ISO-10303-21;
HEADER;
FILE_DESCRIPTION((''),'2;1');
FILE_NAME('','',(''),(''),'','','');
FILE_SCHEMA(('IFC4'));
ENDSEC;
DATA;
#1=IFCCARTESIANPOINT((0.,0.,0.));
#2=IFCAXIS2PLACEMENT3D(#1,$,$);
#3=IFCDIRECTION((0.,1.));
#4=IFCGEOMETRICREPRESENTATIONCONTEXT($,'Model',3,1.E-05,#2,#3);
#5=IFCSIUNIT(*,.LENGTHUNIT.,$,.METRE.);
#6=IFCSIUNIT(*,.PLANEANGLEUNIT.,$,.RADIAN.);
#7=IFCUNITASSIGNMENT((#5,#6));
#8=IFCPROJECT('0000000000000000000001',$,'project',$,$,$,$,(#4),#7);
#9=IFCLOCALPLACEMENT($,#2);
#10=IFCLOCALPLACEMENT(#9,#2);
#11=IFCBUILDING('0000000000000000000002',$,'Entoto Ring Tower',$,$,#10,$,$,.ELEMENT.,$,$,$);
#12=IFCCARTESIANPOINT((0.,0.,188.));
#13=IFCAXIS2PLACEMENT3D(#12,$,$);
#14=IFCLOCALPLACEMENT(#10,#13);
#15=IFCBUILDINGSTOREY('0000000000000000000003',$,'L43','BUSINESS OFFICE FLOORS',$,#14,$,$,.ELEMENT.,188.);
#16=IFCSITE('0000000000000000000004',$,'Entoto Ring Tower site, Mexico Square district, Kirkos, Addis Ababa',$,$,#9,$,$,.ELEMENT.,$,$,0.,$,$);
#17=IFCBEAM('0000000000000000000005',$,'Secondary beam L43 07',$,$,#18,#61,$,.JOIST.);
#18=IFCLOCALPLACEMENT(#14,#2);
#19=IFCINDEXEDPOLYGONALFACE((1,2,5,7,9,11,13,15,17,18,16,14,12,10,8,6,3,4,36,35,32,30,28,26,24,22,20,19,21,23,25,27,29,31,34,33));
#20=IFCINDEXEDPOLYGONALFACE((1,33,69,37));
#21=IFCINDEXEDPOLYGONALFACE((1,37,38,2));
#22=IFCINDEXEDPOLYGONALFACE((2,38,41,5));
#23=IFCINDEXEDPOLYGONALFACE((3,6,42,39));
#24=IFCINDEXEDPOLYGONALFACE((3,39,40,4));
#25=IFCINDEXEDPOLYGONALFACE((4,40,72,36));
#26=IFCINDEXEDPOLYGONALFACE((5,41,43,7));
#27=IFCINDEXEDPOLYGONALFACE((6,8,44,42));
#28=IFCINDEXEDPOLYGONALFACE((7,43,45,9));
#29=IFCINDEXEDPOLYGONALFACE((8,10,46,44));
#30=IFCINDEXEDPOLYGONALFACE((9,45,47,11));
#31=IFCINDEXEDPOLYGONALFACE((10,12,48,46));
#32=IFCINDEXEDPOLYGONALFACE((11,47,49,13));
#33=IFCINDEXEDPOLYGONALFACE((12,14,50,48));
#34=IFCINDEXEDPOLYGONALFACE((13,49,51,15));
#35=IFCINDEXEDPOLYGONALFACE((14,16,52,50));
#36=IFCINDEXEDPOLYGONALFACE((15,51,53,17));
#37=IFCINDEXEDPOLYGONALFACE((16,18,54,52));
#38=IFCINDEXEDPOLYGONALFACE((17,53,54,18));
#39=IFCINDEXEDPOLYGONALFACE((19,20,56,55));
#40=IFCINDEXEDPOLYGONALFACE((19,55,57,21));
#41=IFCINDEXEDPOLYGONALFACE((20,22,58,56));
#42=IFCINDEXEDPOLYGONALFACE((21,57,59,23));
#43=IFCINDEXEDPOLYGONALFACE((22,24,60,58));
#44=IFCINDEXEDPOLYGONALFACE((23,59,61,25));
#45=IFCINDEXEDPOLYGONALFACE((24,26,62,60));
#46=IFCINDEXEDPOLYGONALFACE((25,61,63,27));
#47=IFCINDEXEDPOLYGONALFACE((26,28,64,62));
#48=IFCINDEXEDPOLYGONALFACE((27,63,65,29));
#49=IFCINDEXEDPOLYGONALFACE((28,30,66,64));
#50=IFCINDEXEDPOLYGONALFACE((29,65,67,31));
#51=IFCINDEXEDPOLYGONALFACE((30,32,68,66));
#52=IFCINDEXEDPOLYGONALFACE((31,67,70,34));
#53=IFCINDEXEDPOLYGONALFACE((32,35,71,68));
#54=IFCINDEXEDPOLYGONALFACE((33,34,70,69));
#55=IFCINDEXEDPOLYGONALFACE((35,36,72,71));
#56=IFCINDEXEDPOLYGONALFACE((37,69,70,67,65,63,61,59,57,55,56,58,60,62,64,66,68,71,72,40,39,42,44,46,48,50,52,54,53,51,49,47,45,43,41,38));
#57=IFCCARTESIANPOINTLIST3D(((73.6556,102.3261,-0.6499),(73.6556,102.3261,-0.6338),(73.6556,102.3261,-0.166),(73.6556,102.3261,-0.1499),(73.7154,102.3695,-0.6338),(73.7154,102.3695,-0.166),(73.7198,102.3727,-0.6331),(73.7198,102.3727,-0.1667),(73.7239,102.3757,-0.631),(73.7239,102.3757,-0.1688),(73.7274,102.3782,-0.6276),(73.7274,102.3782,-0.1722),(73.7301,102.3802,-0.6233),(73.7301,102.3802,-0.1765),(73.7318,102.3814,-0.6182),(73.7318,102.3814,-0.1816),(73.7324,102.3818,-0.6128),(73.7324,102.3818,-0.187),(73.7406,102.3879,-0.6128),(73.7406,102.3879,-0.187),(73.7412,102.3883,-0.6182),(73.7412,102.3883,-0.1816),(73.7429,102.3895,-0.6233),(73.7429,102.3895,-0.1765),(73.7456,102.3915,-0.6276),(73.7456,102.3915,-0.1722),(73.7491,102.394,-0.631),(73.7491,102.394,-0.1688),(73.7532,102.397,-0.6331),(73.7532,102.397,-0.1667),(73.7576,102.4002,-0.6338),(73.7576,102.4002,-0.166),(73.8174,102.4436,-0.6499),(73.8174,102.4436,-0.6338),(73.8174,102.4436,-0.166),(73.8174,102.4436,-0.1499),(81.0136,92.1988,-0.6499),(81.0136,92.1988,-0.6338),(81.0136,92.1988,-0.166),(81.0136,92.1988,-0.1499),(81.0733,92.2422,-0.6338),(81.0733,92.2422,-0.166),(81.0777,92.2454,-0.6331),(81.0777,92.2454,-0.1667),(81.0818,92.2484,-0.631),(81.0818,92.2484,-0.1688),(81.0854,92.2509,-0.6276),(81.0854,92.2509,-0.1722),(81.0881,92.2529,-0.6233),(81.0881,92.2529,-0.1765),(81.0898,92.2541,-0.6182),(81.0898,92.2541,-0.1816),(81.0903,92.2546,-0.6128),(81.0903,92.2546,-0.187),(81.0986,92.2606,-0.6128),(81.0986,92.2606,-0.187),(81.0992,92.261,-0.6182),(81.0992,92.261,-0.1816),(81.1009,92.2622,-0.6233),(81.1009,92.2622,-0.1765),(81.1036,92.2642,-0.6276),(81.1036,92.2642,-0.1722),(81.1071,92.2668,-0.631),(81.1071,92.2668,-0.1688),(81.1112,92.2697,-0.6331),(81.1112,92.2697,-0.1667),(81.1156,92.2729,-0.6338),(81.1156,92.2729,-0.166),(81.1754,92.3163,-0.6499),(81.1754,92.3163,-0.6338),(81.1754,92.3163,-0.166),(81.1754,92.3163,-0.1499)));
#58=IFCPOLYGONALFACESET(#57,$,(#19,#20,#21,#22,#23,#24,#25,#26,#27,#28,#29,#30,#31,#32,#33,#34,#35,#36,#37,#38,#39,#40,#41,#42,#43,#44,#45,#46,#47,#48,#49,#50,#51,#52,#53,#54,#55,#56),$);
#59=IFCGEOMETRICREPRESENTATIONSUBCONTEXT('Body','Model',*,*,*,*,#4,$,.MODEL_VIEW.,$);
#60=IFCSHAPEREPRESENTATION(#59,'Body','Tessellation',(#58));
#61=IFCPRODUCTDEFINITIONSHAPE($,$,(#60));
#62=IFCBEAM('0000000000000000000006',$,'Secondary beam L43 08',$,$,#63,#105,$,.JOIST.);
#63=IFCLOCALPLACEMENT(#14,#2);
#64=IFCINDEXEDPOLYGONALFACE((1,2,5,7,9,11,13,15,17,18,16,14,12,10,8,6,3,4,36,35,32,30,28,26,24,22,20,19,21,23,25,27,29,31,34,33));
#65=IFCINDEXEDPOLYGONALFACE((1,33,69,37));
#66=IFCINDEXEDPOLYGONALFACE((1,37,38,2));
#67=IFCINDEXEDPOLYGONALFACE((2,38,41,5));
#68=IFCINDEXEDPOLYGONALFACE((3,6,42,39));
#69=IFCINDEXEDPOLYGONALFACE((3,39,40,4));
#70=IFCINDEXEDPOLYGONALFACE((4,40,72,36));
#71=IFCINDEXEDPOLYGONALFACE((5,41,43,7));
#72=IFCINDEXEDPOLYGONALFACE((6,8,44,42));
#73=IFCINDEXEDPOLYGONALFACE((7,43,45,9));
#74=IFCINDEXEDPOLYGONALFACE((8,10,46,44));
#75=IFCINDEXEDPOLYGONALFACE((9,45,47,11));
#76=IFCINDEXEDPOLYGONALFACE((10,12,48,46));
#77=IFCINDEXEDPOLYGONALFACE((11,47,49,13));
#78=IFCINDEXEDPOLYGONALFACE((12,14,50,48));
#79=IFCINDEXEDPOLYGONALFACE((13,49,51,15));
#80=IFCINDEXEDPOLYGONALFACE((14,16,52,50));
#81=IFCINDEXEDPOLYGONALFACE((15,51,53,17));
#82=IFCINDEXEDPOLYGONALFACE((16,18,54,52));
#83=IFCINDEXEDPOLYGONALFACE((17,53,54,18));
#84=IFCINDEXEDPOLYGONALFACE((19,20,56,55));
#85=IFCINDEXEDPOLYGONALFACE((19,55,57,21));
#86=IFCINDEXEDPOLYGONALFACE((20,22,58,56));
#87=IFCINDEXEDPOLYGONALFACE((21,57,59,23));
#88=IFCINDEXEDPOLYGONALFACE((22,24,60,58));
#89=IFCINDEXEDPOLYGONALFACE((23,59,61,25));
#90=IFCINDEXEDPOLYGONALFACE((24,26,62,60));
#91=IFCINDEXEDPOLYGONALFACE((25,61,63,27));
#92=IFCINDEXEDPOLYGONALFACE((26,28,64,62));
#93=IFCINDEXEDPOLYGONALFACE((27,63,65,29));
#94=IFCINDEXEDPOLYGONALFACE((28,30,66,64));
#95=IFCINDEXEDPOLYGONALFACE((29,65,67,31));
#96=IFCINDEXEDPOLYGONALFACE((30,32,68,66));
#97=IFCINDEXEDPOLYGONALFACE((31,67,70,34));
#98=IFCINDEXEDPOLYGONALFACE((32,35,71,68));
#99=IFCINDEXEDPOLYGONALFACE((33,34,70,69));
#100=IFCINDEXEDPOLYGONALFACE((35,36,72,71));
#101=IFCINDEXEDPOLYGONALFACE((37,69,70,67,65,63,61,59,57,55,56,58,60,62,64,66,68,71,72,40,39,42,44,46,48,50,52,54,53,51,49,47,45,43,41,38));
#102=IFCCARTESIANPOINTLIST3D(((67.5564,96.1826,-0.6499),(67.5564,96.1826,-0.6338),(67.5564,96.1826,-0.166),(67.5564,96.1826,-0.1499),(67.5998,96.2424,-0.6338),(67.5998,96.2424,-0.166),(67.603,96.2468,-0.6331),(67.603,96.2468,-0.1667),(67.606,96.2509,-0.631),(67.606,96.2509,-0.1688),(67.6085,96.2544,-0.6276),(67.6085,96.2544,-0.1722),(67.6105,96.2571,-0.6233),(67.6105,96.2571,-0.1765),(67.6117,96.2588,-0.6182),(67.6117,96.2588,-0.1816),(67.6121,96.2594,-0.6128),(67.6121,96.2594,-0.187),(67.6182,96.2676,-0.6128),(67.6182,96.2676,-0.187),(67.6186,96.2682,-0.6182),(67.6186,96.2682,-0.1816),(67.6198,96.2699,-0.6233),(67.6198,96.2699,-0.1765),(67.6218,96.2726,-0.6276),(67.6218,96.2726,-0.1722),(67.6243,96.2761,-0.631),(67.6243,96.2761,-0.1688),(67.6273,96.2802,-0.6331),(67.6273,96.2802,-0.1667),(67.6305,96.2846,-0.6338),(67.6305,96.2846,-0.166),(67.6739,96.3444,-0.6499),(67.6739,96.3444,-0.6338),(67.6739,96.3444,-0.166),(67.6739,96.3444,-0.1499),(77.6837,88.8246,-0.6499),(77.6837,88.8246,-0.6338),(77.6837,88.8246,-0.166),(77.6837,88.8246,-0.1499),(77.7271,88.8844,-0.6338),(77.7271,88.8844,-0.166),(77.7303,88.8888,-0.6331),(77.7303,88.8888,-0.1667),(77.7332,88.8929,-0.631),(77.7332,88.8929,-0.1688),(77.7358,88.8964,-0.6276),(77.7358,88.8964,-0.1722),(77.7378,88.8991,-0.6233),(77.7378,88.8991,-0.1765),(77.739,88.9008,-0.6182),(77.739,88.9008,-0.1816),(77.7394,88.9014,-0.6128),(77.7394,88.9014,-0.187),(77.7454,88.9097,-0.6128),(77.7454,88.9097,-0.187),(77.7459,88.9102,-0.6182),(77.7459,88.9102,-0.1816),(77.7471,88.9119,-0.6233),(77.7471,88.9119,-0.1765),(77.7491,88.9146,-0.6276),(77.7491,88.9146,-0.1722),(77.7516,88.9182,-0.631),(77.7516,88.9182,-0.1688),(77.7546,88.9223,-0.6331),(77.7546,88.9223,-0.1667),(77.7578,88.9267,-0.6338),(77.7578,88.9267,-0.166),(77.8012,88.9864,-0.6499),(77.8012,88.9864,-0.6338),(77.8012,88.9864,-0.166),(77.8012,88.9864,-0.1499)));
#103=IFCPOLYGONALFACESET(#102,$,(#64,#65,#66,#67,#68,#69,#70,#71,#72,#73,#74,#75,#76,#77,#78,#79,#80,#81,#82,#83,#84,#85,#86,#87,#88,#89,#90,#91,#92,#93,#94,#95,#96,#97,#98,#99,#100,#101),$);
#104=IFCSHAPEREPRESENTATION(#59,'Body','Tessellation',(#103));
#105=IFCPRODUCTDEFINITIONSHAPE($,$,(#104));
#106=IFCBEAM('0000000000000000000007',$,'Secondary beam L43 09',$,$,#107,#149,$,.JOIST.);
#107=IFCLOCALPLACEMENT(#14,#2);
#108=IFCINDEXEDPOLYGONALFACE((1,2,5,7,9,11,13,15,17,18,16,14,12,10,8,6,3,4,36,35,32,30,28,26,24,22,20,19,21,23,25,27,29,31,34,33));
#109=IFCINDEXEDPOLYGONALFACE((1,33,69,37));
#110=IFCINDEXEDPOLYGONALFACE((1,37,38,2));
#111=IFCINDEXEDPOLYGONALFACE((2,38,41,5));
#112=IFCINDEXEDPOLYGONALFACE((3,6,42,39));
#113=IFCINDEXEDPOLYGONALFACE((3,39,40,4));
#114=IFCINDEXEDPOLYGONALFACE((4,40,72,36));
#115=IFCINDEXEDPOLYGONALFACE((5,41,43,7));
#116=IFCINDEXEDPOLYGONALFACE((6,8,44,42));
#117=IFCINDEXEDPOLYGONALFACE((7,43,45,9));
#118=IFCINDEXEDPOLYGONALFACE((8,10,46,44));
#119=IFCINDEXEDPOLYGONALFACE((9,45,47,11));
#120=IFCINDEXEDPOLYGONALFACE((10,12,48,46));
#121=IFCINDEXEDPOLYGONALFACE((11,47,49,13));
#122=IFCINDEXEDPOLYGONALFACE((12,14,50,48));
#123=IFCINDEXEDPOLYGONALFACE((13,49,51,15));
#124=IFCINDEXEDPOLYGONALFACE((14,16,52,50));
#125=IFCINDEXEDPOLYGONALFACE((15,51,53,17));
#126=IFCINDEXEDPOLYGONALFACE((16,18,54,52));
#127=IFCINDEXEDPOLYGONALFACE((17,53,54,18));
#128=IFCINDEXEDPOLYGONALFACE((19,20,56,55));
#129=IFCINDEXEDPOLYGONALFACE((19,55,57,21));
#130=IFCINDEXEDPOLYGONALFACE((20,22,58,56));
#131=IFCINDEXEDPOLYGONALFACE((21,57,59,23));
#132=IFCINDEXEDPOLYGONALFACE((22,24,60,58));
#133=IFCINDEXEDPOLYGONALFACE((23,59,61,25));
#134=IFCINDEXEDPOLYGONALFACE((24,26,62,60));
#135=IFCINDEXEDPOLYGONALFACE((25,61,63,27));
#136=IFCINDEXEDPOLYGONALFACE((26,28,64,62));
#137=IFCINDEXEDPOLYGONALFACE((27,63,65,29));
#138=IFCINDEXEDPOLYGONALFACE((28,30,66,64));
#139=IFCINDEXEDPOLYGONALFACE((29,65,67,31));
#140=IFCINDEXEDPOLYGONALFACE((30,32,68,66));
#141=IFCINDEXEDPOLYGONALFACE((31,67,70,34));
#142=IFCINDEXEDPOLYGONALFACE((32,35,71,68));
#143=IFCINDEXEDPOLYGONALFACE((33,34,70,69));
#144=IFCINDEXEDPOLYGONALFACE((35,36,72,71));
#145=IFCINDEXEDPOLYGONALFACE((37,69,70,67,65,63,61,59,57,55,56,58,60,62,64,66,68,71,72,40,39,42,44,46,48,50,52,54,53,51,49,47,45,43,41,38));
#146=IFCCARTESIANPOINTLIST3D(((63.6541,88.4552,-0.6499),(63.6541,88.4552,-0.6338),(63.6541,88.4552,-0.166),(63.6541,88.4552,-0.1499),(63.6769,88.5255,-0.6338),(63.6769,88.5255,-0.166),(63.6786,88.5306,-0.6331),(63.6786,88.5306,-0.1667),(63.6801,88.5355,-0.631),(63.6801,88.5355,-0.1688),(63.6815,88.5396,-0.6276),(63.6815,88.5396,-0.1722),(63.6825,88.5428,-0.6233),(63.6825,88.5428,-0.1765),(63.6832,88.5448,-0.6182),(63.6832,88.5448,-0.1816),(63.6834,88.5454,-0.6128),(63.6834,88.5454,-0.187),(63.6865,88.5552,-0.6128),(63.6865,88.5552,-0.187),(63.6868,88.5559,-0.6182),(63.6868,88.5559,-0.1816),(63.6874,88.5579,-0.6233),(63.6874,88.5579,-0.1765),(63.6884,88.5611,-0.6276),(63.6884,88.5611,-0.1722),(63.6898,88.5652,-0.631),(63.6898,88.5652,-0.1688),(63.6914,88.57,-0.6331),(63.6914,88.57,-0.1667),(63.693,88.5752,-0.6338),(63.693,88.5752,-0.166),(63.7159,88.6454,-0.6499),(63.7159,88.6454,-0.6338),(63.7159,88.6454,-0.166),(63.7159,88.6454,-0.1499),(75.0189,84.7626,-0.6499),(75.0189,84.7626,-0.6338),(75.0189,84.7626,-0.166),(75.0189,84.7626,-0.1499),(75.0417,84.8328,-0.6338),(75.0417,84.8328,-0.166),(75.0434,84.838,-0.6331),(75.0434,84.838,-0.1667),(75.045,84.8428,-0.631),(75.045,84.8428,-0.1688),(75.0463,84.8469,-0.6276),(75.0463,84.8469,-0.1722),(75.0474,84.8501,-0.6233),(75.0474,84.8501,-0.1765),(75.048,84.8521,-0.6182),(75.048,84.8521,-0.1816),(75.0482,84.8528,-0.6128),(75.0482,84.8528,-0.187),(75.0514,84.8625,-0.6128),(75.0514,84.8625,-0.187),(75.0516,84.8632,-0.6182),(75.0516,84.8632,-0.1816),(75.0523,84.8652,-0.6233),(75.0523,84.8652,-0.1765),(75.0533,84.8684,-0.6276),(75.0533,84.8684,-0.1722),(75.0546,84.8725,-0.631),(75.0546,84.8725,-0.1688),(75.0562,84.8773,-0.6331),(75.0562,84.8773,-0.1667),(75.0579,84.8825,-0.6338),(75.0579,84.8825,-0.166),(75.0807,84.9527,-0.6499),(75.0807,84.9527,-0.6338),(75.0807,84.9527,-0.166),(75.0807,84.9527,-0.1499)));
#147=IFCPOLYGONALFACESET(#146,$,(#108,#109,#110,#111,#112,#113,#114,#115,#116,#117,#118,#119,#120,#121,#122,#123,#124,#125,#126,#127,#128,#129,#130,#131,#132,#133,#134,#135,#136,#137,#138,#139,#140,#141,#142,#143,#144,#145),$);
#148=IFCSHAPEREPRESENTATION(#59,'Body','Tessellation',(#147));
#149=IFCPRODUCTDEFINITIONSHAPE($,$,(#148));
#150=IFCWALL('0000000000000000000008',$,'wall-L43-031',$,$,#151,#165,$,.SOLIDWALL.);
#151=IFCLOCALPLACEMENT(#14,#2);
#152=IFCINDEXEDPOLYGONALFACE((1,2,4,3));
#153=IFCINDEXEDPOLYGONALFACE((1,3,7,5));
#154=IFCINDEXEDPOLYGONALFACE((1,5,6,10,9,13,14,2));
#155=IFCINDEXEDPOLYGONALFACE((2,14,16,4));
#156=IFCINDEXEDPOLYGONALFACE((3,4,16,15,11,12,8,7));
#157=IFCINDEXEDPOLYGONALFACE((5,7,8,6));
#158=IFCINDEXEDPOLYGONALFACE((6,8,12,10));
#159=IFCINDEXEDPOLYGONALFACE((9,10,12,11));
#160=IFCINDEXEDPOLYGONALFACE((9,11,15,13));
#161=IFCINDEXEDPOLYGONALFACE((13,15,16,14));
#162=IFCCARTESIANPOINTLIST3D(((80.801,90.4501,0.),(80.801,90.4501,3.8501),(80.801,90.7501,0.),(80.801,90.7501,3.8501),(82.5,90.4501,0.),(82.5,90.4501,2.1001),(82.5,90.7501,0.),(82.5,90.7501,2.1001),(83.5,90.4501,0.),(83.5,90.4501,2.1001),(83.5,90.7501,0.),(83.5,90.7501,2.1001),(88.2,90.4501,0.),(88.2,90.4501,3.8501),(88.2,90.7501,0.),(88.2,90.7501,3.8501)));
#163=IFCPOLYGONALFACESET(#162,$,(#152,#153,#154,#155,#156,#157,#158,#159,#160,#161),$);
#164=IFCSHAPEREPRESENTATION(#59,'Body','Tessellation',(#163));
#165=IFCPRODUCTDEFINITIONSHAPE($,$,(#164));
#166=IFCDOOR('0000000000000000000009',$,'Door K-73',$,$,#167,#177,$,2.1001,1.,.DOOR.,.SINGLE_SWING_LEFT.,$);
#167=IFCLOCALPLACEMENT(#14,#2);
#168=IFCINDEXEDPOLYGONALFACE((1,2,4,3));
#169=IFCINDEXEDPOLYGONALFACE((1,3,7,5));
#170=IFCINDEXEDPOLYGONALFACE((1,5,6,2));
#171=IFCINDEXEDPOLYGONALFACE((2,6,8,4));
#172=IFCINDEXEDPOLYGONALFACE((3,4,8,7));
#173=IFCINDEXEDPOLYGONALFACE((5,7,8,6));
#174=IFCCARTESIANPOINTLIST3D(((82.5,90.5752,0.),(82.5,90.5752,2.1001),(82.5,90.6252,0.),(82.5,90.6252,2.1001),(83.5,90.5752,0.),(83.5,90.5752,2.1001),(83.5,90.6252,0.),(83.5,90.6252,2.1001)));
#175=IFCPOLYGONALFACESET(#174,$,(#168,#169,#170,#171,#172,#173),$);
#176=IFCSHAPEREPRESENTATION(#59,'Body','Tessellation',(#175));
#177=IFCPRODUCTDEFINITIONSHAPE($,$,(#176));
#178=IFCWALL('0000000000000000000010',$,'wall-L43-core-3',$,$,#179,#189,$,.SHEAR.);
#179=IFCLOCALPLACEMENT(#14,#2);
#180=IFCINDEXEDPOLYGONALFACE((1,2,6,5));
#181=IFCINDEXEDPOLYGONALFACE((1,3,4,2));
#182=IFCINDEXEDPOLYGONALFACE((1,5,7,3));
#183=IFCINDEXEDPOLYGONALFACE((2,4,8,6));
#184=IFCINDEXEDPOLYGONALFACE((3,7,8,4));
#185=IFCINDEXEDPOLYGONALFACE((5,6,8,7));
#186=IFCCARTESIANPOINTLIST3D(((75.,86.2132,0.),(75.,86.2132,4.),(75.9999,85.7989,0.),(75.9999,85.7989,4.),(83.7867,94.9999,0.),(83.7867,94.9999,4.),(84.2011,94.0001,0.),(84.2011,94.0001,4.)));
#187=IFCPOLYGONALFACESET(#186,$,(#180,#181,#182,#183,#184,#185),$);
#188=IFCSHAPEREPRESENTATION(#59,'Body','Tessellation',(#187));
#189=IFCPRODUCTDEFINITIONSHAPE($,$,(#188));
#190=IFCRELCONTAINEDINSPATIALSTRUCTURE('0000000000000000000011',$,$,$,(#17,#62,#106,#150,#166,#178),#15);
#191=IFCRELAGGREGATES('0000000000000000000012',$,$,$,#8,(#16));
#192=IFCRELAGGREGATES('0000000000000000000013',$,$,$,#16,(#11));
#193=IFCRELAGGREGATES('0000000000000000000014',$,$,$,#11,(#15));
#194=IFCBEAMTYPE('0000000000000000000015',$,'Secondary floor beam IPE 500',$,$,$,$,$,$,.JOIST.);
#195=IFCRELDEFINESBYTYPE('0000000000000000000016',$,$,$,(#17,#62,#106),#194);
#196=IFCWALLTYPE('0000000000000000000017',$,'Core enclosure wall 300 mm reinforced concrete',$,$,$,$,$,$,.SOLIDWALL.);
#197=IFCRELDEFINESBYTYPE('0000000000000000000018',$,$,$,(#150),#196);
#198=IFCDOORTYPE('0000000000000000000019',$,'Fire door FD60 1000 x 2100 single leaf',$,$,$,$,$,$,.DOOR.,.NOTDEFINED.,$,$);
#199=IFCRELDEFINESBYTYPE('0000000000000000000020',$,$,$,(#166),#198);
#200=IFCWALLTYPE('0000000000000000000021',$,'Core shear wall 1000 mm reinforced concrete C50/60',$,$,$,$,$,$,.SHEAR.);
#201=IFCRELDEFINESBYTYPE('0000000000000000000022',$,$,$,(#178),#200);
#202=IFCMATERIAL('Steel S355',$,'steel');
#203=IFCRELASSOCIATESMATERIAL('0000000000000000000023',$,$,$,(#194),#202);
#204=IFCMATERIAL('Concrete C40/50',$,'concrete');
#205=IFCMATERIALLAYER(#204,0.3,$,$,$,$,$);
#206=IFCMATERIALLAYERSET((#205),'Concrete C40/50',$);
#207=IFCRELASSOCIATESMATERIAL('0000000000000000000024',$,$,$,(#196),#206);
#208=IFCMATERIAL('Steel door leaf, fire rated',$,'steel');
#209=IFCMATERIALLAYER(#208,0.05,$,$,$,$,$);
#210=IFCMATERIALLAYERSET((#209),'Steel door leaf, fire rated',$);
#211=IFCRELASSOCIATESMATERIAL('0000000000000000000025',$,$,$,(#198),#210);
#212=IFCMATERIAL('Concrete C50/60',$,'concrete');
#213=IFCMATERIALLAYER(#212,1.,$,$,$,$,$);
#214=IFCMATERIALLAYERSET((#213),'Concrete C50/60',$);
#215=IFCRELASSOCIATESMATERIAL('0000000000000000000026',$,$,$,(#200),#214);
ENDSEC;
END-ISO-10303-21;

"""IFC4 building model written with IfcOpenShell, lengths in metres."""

from ifc_helpers import new_model, si_unit, direction, frame, frame_2d, origin, origin_2d, place, context, subcontext, project, spatial, polyline, rectangle, i_section, outline, extrude, material, layer, layer_set, material_profile, profile_set, type_object, element, fill, save


model = new_model("IFC4")

# Units and contexts
model_context = context("Model", 3, precision=1e-05, world=origin(), true_north=direction((0.0, 1.0)))
body_context = subcontext(model_context, "Body", "Model", "MODEL_VIEW")
ifc_project = project(units=[si_unit("LENGTHUNIT", "METRE"), si_unit("PLANEANGLEUNIT", "RADIAN")], contexts=[model_context])

# Site, building, storey
site_placement = place(None, origin())
site = spatial("IfcSite", under=ifc_project, at=site_placement, Name="Entoto Ring Tower site, Mexico Square district, Kirkos, Addis Ababa", CompositionType="ELEMENT", RefElevation=0.0)
building_placement = place(site_placement, origin())
building = spatial("IfcBuilding", under=site, at=building_placement, Name="Entoto Ring Tower", CompositionType="ELEMENT")
storey_placement = place(building_placement, frame((0.0, 0.0, 188.0)))
storey = spatial("IfcBuildingStorey", under=building, at=storey_placement, Name="L43", Description="BUSINESS OFFICE FLOORS", CompositionType="ELEMENT", Elevation=188.0)

# Beams
ifc_material_1 = material(Name="Steel S355", Category="steel")
ifc_material_profile_1 = material_profile(ifc_material_1, i_section(OverallWidth=0.2, OverallDepth=0.5, WebThickness=0.0103, FlangeThickness=0.0161, FilletRadius=0.021, at=origin_2d()), Name="IPE 500")
ifc_profile_set_1 = profile_set([ifc_material_profile_1], Name="Steel S355")
beam_type_1 = type_object("IfcBeamType", Name="Secondary floor beam IPE 500", PredefinedType="JOIST", material=ifc_profile_set_1)
for number, where, z_axis, x_axis, name in (
    (1, (81.0945, 92.2576, -0.3999), (-0.587789, 0.809014, 0.0), (-0.809014, -0.587789, 0.0), "Secondary beam L43 07"),
    (2, (77.7424, 88.9055, -0.3999), (-0.809014, 0.587789, 0.0), (-0.587789, -0.809014, 0.0), "Secondary beam L43 08"),
):
    element("IfcBeam", number, at=place(storey_placement, frame(where, z_axis=z_axis, x_axis=x_axis)), inside=storey, type_object=beam_type_1, Name=name, PredefinedType="JOIST", context=body_context, shape_type="SweptSolid", body=[
        extrude(i_section(OverallWidth=0.2, OverallDepth=0.5, WebThickness=0.0103, FlangeThickness=0.0161, FilletRadius=0.021, at=origin_2d()), origin(), (0.0, 0.0, 1.0), 12.5181),
    ])
beam_1_placement = place(storey_placement, frame((75.0498, 84.8577, -0.3999), z_axis=(-0.951057, 0.309017, 0.0), x_axis=(-0.309017, -0.951057, 0.0)))
element("IfcBeam", 3, at=beam_1_placement, inside=storey, type_object=beam_type_1, Name="Secondary beam L43 09", PredefinedType="JOIST", context=body_context, shape_type="SweptSolid", body=[
    extrude(i_section(OverallWidth=0.2, OverallDepth=0.5, WebThickness=0.0103, FlangeThickness=0.0161, FilletRadius=0.021, at=origin_2d()), origin(), (0.0, 0.0, 1.0), 11.9497),
])

# Wall, opening, door
ifc_material_2 = material(Name="Concrete C40/50", Category="concrete")
ifc_layer_1 = layer(ifc_material_2, 0.3)
ifc_layer_set_1 = layer_set([ifc_layer_1], Name="Concrete C40/50")
wall_type_1 = type_object("IfcWallType", Name="Core enclosure wall 300 mm reinforced concrete", PredefinedType="SOLIDWALL", material=ifc_layer_set_1)
wall_1_placement = place(storey_placement, frame((80.801, 90.6001, 0.0), z_axis=(0.0, 0.0, 1.0), x_axis=(1.0, 0.0, 0.0)))
wall_1 = element("IfcWall", 4, at=wall_1_placement, inside=storey, type_object=wall_type_1, Name="wall-L43-031", PredefinedType="SOLIDWALL", context=body_context, shape_type="SweptSolid", body=[
    extrude(rectangle(XDim=7.3989, YDim=0.3, at=frame_2d((3.6995, 0.0))), origin(), (0.0, 0.0, 1.0), 3.8501),
])
opening_1_placement = place(wall_1_placement, frame((1.699, 0.0, 0.0)))
opening_1 = element("IfcOpeningElement", 5, at=opening_1_placement, cuts=wall_1, PredefinedType="OPENING", context=body_context, shape_type="SweptSolid", body=[
    extrude(rectangle(XDim=1.0, YDim=2.1001, at=frame_2d((0.5, 1.05))), frame((0.0, 0.1602, 0.0), z_axis=(0.0, -1.0, 0.0), x_axis=(1.0, 0.0, 0.0)), (0.0, 0.0, 1.0), 0.3201),
])
ifc_material_3 = material(Name="Steel door leaf, fire rated", Category="steel")
ifc_layer_2 = layer(ifc_material_3, 0.05)
ifc_layer_set_2 = layer_set([ifc_layer_2], Name="Steel door leaf, fire rated")
door_type_1 = type_object("IfcDoorType", Name="Fire door FD60 1000 x 2100 single leaf", OperationType="NOTDEFINED", PredefinedType="DOOR", material=ifc_layer_set_2)
door_1_placement = place(opening_1_placement, frame((1.0, 0.0, 0.0), z_axis=(0.0, 0.0, 1.0), x_axis=(-1.0, 0.0, 0.0)))
door_1 = element("IfcDoor", 6, at=door_1_placement, inside=storey, type_object=door_type_1, Name="Door K-73", OperationType="SINGLE_SWING_LEFT", OverallHeight=2.1001, OverallWidth=1.0, PredefinedType="DOOR", context=body_context, shape_type="SweptSolid", body=[
    extrude(rectangle(XDim=1.0, YDim=2.1001, at=frame_2d((0.5, 1.05))), frame((0.0, 0.0249, 0.0), z_axis=(0.0, -1.0, 0.0), x_axis=(1.0, 0.0, 0.0)), (0.0, 0.0, 1.0), 0.05),
])
fill(opening_1, door_1)

# Wall
ifc_material_4 = material(Name="Concrete C50/60", Category="concrete")
ifc_layer_3 = layer(ifc_material_4, 1.0)
ifc_layer_set_3 = layer_set([ifc_layer_3], Name="Concrete C50/60")
wall_type_2 = type_object("IfcWallType", Name="Core shear wall 1000 mm reinforced concrete C50/60", PredefinedType="SHEAR", material=ifc_layer_set_3)
wall_2_placement = place(storey_placement, frame((83.9939, 94.5, 0.0), z_axis=(0.0, 0.0, 1.0), x_axis=(-0.707107, -0.707107, 0.0)))
element("IfcWall", 7, at=wall_2_placement, inside=storey, type_object=wall_type_2, Name="wall-L43-core-3", PredefinedType="SHEAR", context=body_context, shape_type="SweptSolid", body=[
    extrude(outline(polyline([(-0.207, -0.5), (12.2192, -0.5), (11.8052, 0.5), (0.207, 0.5), (-0.207, -0.5)])), origin(), (0.0, 0.0, 1.0), 4.0),
])

save(model, "model.ifc")
